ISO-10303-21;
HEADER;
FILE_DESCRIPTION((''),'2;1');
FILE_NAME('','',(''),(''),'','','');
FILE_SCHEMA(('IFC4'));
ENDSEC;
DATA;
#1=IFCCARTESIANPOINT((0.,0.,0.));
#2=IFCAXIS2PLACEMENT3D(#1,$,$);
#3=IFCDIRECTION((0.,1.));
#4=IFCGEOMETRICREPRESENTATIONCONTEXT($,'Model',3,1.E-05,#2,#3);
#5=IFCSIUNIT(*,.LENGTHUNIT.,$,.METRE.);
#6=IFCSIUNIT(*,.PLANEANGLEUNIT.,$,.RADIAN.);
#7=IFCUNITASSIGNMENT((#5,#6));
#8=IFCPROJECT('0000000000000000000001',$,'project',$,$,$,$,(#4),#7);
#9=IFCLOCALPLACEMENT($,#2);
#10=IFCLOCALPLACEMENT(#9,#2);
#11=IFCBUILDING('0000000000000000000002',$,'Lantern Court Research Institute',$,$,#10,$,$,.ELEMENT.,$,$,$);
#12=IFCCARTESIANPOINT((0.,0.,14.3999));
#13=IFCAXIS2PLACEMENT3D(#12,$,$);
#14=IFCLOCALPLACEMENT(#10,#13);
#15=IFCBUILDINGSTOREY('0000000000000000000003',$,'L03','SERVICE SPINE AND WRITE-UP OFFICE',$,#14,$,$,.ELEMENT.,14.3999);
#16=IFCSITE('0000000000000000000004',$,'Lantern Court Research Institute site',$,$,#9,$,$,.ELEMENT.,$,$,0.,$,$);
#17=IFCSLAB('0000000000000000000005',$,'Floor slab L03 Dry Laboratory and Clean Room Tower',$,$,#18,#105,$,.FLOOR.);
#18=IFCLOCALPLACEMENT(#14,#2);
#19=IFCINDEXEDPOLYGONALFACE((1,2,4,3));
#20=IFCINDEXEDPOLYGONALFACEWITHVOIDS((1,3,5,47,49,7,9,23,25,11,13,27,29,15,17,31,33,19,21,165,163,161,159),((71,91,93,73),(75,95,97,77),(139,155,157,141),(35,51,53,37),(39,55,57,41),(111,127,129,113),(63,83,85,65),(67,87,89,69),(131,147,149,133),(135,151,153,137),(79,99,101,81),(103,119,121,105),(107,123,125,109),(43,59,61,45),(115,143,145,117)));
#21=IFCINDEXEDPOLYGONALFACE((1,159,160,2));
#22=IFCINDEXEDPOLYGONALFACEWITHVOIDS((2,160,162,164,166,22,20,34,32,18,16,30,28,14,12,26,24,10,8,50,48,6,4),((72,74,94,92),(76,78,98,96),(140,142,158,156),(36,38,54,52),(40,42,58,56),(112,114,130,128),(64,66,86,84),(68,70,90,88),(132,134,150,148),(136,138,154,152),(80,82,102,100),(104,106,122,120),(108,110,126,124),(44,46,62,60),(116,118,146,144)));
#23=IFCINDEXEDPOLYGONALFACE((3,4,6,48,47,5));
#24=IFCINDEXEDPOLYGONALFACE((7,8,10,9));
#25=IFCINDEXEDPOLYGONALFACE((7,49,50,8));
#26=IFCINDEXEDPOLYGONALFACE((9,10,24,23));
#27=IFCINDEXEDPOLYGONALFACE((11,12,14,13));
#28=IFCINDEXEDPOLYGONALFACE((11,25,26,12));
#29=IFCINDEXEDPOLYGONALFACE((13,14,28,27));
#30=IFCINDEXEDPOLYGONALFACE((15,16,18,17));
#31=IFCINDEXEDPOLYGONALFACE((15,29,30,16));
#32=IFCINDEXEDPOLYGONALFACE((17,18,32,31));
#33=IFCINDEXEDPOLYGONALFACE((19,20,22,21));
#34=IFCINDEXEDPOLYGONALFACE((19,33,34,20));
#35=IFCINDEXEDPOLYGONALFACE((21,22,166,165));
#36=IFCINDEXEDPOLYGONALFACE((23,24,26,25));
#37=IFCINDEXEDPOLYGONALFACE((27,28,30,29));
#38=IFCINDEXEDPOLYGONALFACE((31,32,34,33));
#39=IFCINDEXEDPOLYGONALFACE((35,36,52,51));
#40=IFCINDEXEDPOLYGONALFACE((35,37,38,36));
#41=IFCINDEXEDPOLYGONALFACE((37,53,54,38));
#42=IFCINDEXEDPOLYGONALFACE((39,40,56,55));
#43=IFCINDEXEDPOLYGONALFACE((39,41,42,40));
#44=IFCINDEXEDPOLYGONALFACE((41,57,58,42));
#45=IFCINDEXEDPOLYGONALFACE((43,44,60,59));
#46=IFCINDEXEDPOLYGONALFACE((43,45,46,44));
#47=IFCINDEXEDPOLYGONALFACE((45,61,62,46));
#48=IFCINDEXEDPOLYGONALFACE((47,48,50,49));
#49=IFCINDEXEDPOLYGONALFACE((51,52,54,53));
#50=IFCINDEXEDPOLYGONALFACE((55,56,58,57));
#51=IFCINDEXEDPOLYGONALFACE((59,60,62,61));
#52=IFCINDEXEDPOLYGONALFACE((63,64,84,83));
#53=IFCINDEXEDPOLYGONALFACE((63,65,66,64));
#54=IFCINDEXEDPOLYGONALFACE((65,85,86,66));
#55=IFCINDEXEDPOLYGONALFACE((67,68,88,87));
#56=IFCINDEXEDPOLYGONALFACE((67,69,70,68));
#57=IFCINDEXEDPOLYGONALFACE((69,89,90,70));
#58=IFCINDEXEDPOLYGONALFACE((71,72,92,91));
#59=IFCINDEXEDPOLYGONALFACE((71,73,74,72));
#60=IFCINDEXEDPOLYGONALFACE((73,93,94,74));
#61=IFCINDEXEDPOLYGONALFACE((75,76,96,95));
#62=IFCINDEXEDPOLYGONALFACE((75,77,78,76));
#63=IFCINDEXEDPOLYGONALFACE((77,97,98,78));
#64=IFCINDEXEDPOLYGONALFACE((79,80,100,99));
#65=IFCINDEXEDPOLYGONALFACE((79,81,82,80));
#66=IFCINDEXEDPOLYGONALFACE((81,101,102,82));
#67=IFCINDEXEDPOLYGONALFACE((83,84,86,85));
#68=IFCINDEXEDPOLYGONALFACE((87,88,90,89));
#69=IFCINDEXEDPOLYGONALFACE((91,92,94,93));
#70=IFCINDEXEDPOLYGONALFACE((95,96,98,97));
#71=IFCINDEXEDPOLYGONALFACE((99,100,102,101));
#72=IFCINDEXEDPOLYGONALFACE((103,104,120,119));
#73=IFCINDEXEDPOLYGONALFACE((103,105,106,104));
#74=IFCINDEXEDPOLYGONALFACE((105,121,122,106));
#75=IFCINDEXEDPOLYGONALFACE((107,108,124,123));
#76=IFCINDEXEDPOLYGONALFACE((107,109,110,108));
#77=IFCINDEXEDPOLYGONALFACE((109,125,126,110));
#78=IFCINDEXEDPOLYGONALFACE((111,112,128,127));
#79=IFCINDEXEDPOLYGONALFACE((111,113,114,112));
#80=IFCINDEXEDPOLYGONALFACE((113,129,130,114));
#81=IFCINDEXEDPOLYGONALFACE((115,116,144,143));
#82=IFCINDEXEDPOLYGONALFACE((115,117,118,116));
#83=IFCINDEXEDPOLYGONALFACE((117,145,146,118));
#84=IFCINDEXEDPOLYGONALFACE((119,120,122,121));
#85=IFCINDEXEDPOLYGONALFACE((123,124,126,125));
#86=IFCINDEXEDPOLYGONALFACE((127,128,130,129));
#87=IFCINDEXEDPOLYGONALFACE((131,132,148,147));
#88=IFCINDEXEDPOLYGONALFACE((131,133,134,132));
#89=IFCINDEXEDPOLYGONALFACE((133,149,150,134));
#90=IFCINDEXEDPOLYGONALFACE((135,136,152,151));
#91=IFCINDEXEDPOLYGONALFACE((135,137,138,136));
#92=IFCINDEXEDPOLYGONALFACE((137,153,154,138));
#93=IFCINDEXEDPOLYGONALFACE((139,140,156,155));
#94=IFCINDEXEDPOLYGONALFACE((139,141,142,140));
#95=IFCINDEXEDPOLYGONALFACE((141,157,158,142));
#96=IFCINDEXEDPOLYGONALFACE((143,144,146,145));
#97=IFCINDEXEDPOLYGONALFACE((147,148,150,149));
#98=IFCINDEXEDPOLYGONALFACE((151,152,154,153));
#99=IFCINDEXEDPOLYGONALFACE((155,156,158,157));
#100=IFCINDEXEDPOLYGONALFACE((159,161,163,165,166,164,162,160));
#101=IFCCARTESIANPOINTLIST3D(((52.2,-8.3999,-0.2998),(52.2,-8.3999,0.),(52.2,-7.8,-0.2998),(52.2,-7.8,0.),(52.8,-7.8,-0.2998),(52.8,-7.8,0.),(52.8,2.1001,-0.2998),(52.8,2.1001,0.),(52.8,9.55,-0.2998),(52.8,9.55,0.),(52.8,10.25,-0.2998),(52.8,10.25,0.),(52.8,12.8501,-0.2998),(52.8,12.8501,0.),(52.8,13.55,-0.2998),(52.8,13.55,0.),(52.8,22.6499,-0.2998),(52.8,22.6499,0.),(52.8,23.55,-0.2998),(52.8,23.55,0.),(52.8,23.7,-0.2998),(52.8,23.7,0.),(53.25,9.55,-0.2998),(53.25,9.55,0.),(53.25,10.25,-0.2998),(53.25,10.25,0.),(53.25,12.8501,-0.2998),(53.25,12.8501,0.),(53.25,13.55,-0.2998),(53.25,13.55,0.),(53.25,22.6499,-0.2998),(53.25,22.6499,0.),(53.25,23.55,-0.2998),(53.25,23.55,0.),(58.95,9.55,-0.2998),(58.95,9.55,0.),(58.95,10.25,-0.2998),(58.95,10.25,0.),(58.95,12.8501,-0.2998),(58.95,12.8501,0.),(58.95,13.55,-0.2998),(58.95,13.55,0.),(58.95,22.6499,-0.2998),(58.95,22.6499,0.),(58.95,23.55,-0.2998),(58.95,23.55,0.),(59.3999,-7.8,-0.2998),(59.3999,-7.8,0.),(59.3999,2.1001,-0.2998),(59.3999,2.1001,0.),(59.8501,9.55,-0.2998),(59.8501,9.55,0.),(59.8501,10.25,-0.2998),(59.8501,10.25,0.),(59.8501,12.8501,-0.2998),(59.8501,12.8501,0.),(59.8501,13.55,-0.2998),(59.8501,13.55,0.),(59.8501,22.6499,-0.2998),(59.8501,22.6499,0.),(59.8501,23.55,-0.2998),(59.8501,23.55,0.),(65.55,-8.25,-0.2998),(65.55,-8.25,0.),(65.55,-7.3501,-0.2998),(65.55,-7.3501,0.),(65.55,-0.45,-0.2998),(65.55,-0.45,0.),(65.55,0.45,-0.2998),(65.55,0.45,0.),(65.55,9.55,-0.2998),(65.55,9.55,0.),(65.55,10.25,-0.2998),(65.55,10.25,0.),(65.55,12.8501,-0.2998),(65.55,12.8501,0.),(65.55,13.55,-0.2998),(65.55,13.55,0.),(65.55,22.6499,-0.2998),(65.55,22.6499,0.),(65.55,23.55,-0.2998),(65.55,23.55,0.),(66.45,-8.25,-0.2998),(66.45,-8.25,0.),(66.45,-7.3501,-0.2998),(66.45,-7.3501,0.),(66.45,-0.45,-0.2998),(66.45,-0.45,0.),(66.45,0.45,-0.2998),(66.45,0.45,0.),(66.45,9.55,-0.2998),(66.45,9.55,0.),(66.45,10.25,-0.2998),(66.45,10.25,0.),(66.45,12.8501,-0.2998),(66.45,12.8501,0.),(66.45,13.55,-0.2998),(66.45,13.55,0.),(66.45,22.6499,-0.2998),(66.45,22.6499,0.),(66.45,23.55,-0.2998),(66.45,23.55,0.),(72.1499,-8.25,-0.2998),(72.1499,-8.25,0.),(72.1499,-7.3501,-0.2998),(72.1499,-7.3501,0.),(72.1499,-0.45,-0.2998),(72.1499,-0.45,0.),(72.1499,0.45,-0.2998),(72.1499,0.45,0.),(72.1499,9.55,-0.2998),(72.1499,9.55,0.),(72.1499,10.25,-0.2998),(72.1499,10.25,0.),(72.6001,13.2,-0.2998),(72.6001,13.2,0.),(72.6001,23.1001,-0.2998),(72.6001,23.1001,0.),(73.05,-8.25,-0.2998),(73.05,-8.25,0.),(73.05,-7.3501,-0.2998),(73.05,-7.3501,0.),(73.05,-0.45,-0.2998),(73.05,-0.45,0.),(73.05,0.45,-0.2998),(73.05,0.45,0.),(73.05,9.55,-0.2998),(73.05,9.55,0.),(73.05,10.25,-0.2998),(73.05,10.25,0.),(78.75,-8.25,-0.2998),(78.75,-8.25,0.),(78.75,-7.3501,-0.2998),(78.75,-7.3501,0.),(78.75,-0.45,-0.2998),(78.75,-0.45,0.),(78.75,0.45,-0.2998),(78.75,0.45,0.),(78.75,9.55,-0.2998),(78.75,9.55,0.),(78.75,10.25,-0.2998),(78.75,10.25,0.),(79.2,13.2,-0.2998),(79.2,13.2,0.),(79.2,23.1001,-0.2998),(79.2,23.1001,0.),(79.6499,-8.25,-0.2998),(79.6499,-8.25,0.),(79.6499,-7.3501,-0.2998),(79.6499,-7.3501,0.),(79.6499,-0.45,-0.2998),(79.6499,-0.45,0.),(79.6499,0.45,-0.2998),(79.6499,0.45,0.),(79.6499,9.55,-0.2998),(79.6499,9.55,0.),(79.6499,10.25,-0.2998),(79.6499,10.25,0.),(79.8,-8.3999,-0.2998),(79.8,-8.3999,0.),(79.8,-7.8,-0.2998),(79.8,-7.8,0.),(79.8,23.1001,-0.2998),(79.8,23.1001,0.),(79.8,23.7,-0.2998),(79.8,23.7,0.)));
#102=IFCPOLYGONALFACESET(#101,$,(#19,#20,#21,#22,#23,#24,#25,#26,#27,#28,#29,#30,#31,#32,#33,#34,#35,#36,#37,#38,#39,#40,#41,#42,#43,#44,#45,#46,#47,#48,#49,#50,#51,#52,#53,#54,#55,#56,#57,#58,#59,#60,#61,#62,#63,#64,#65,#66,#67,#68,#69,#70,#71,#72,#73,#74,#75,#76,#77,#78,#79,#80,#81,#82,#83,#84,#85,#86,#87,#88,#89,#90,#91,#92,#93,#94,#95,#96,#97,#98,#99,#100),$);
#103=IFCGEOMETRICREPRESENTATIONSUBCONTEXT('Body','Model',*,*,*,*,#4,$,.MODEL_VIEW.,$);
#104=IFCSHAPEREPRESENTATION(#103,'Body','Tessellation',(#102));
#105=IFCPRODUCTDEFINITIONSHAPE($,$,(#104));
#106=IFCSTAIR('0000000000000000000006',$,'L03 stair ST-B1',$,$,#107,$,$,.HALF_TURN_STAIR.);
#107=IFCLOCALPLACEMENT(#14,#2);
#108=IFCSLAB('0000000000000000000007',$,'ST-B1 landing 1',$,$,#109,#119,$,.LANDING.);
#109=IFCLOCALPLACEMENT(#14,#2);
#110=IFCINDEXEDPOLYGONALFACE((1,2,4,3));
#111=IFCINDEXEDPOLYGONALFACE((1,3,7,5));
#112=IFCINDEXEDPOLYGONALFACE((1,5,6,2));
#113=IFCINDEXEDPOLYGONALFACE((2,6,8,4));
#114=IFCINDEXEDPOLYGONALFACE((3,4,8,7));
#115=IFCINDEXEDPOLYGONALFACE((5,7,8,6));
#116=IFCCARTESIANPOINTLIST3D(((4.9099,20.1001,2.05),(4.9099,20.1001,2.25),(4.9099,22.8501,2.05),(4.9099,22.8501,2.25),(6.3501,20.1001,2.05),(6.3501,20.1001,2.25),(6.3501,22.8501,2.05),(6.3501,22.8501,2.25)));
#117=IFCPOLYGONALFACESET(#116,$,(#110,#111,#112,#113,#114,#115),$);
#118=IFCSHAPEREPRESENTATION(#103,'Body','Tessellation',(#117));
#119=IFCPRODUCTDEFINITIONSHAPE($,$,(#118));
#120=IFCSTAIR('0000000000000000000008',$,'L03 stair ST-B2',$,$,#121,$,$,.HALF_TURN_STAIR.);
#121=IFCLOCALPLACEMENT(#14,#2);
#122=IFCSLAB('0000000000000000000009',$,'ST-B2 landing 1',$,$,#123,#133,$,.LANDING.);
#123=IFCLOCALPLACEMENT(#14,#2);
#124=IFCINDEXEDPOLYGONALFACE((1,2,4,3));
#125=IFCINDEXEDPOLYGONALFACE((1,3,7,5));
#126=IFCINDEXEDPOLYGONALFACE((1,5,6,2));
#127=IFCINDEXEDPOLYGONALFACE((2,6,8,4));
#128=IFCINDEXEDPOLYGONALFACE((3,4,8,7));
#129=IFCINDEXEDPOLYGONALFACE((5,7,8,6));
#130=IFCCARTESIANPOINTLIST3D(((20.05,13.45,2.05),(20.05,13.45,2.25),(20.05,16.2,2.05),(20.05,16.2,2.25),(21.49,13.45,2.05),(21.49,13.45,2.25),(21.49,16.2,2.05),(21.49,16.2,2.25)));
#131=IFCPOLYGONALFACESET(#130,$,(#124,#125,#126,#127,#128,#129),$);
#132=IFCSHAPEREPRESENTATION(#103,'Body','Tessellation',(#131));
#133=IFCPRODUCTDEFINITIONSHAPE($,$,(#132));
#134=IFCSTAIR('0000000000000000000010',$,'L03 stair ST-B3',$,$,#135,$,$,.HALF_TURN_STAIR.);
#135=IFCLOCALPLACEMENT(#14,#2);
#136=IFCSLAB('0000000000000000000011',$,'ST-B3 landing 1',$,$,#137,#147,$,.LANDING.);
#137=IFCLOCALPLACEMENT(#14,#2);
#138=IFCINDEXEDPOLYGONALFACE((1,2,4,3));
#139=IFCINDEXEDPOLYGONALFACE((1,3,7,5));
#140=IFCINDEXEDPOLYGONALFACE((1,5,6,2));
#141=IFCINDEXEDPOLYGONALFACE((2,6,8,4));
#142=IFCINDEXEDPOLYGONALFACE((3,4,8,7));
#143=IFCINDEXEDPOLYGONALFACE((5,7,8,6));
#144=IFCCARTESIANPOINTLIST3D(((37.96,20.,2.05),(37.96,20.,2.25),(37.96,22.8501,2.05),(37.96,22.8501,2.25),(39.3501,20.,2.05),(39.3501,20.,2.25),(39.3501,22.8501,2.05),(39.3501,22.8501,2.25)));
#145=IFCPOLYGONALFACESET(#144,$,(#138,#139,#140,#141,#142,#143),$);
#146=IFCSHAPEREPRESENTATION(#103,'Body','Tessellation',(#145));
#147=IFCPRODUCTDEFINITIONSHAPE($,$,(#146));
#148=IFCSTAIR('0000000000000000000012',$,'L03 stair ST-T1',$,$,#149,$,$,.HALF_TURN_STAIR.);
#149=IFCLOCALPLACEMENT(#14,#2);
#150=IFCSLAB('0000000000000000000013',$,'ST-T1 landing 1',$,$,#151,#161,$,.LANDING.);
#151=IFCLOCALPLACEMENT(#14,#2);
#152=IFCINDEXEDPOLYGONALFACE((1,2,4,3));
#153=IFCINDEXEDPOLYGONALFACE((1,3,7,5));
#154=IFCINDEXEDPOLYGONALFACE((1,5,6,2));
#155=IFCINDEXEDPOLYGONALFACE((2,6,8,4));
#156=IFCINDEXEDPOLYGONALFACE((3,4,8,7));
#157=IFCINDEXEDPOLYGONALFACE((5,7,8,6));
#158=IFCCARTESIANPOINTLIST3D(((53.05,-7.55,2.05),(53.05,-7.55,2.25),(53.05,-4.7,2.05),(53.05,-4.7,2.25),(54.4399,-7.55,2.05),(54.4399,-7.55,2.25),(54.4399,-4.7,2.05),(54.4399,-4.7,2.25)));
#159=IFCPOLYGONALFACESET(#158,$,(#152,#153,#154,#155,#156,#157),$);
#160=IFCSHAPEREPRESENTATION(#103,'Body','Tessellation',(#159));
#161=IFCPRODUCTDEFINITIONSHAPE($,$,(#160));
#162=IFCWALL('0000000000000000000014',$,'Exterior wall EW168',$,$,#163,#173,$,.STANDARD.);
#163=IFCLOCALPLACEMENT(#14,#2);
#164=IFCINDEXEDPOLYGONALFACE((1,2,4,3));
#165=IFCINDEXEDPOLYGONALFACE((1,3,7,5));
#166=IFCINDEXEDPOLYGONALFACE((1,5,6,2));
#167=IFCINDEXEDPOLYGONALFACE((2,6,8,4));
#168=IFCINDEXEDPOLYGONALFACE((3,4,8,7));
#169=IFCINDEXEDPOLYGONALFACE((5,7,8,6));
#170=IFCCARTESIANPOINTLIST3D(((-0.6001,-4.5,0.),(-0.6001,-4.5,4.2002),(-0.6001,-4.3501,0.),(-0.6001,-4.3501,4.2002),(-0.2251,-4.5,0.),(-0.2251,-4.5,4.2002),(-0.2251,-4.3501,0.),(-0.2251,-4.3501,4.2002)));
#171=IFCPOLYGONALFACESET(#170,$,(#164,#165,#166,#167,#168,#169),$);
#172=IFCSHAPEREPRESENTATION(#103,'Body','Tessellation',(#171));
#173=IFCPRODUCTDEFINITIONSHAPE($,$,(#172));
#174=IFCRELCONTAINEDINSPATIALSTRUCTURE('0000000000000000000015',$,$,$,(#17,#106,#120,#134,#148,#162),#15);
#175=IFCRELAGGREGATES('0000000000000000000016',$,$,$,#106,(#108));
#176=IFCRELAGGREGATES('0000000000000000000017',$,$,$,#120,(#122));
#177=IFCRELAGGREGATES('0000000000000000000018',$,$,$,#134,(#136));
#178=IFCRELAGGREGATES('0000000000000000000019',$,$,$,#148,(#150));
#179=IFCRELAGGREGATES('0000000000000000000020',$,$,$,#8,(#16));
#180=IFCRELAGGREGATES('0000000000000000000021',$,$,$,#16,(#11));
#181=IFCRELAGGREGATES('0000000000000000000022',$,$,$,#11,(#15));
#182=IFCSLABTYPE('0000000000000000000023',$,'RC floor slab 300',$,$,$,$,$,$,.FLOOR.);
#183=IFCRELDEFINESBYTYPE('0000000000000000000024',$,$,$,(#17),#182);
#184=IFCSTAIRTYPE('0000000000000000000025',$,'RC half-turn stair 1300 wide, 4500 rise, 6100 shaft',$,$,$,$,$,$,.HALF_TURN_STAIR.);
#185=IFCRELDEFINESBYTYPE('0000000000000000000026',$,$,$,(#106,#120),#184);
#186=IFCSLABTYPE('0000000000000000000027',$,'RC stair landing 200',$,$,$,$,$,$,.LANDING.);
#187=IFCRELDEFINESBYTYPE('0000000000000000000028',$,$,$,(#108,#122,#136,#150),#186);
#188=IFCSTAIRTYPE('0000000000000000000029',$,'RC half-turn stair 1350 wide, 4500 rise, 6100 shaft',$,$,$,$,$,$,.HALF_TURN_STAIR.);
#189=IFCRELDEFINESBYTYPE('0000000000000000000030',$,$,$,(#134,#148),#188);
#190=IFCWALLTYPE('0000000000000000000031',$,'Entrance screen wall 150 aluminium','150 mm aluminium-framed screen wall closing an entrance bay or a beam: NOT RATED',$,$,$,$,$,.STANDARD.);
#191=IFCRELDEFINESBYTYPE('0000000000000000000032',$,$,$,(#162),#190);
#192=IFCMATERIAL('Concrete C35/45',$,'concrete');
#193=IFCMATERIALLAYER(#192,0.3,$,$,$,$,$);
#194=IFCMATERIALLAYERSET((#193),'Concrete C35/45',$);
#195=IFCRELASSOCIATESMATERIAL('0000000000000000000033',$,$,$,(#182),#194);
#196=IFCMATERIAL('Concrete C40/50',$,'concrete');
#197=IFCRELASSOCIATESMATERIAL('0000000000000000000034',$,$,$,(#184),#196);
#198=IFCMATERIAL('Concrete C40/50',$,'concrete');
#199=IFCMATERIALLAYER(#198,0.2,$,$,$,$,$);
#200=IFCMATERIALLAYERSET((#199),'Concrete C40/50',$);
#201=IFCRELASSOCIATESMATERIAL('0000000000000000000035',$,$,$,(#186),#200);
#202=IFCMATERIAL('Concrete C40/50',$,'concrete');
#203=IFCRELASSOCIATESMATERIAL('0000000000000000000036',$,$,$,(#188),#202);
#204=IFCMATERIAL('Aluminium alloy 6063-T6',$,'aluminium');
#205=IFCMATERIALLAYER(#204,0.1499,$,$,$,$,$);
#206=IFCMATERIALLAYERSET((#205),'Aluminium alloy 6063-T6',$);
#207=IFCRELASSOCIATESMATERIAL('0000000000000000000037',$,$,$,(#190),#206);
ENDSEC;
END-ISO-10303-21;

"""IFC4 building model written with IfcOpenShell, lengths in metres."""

from ifc_helpers import new_model, si_unit, direction, frame, frame_2d, origin, place, context, subcontext, project, spatial, polyline, rectangle, outline, extrude, material, layer, layer_set, type_object, element, aggregate, save


model = new_model("IFC4")

# Units and contexts
model_context = context("Model", 3, precision=1e-05, world=origin(), true_north=direction((0.0, 1.0)))
body_context = subcontext(model_context, "Body", "Model", "MODEL_VIEW")
ifc_project = project(units=[si_unit("LENGTHUNIT", "METRE"), si_unit("PLANEANGLEUNIT", "RADIAN")], contexts=[model_context])

# Site, building, storey
site_placement = place(None, origin())
site = spatial("IfcSite", under=ifc_project, at=site_placement, Name="Lantern Court Research Institute site", CompositionType="ELEMENT", RefElevation=0.0)
building_placement = place(site_placement, origin())
building = spatial("IfcBuilding", under=site, at=building_placement, Name="Lantern Court Research Institute", CompositionType="ELEMENT")
storey_placement = place(building_placement, frame((0.0, 0.0, 14.3999)))
storey = spatial("IfcBuildingStorey", under=building, at=storey_placement, Name="L03", Description="SERVICE SPINE AND WRITE-UP OFFICE", CompositionType="ELEMENT", Elevation=14.3999)

# Slab
ifc_material_1 = material(Name="Concrete C35/45", Category="concrete")
ifc_layer_1 = layer(ifc_material_1, 0.3)
ifc_layer_set_1 = layer_set([ifc_layer_1], Name="Concrete C35/45")
slab_type_1 = type_object("IfcSlabType", Name="RC floor slab 300", PredefinedType="FLOOR", material=ifc_layer_set_1)
slab_1_placement = place(storey_placement, frame((0.0, 0.0, -0.2998)))
element("IfcSlab", 1, at=slab_1_placement, inside=storey, type_object=slab_type_1, Name="Floor slab L03 Dry Laboratory and Clean Room Tower", PredefinedType="FLOOR", context=body_context, shape_type="SweptSolid", body=[
    extrude(outline(polyline([(52.8, -7.8), (52.2, -7.8), (52.2, -8.3999), (79.8, -8.3999), (79.8, -7.8), (79.8, 23.1001), (79.8, 23.7), (52.8, 23.7), (52.8, 23.55), (53.25, 23.55), (53.25, 22.6499), (52.8, 22.6499), (52.8, 13.55), (53.25, 13.55), (53.25, 12.8501), (52.8, 12.8501), (52.8, 10.25), (53.25, 10.25), (53.25, 9.55), (52.8, 9.55), (52.8, 2.1001), (59.3999, 2.1001), (59.3999, -7.8), (52.8, -7.8)]), holes=[polyline([(65.55, -7.3501), (66.45, -7.3501), (66.45, -8.25), (65.55, -8.25), (65.55, -7.3501)]), polyline([(58.95, 10.25), (59.8501, 10.25), (59.8501, 9.55), (58.95, 9.55), (58.95, 10.25)]), polyline([(59.8501, 13.55), (59.8501, 12.8501), (58.95, 12.8501), (58.95, 13.55), (59.8501, 13.55)]), polyline([(59.8501, 23.55), (59.8501, 22.6499), (58.95, 22.6499), (58.95, 23.55), (59.8501, 23.55)]), polyline([(73.05, -7.3501), (73.05, -8.25), (72.1499, -8.25), (72.1499, -7.3501), (73.05, -7.3501)]), polyline([(79.6499, -7.3501), (79.6499, -8.25), (78.75, -8.25), (78.75, -7.3501), (79.6499, -7.3501)]), polyline([(65.55, 0.45), (66.45, 0.45), (66.45, -0.45), (65.55, -0.45), (65.55, 0.45)]), polyline([(73.05, 0.45), (73.05, -0.45), (72.1499, -0.45), (72.1499, 0.45), (73.05, 0.45)]), polyline([(79.6499, 0.45), (79.6499, -0.45), (78.75, -0.45), (78.75, 0.45), (79.6499, 0.45)]), polyline([(65.55, 10.25), (66.45, 10.25), (66.45, 9.55), (65.55, 9.55), (65.55, 10.25)]), polyline([(73.05, 10.25), (73.05, 9.55), (72.1499, 9.55), (72.1499, 10.25), (73.05, 10.25)]), polyline([(79.6499, 10.25), (79.6499, 9.55), (78.75, 9.55), (78.75, 10.25), (79.6499, 10.25)]), polyline([(66.45, 13.55), (66.45, 12.8501), (65.55, 12.8501), (65.55, 13.55), (66.45, 13.55)]), polyline([(79.2, 23.1001), (79.2, 13.2), (72.6001, 13.2), (72.6001, 23.1001), (79.2, 23.1001)]), polyline([(66.45, 23.55), (66.45, 22.6499), (65.55, 22.6499), (65.55, 23.55), (66.45, 23.55)])]), origin(), (0.0, 0.0, 1.0), 0.2998),
])

# Stairs, slabs
ifc_material_2 = material(Name="Concrete C40/50", Category="concrete")
stair_type_1 = type_object("IfcStairType", Name="RC half-turn stair 1300 wide, 4500 rise, 6100 shaft", PredefinedType="HALF_TURN_STAIR", material=ifc_material_2)
stair_1_placement = place(storey_placement, origin())
stair_1 = element("IfcStair", 2, at=stair_1_placement, inside=storey, type_object=stair_type_1, Name="L03 stair ST-B1", PredefinedType="HALF_TURN_STAIR")
ifc_material_3 = material(Name="Concrete C40/50", Category="concrete")
ifc_layer_2 = layer(ifc_material_3, 0.2)
ifc_layer_set_2 = layer_set([ifc_layer_2], Name="Concrete C40/50")
slab_type_2 = type_object("IfcSlabType", Name="RC stair landing 200", PredefinedType="LANDING", material=ifc_layer_set_2)
slab_2_placement = place(storey_placement, frame((0.0, 0.0, 2.05)))
slab_2 = element("IfcSlab", 3, at=slab_2_placement, type_object=slab_type_2, Name="ST-B1 landing 1", PredefinedType="LANDING", context=body_context, shape_type="SweptSolid", body=[
    extrude(outline(polyline([(4.9099, 20.1001), (6.3501, 20.1001), (6.3501, 22.8501), (4.9099, 22.8501), (4.9099, 20.1001)])), origin(), (0.0, 0.0, 1.0), 0.2),
])
aggregate(stair_1, [slab_2])
stair_2_placement = place(storey_placement, origin())
stair_2 = element("IfcStair", 4, at=stair_2_placement, inside=storey, type_object=stair_type_1, Name="L03 stair ST-B2", PredefinedType="HALF_TURN_STAIR")
slab_3_placement = place(storey_placement, frame((0.0, 0.0, 2.05)))
slab_3 = element("IfcSlab", 5, at=slab_3_placement, type_object=slab_type_2, Name="ST-B2 landing 1", PredefinedType="LANDING", context=body_context, shape_type="SweptSolid", body=[
    extrude(outline(polyline([(21.49, 16.2), (20.05, 16.2), (20.05, 13.45), (21.49, 13.45), (21.49, 16.2)])), origin(), (0.0, 0.0, 1.0), 0.2),
])
aggregate(stair_2, [slab_3])
ifc_material_4 = material(Name="Concrete C40/50", Category="concrete")
stair_type_2 = type_object("IfcStairType", Name="RC half-turn stair 1350 wide, 4500 rise, 6100 shaft", PredefinedType="HALF_TURN_STAIR", material=ifc_material_4)
stair_3_placement = place(storey_placement, origin())
stair_3 = element("IfcStair", 6, at=stair_3_placement, inside=storey, type_object=stair_type_2, Name="L03 stair ST-B3", PredefinedType="HALF_TURN_STAIR")
slab_4_placement = place(storey_placement, frame((0.0, 0.0, 2.05)))
slab_4 = element("IfcSlab", 7, at=slab_4_placement, type_object=slab_type_2, Name="ST-B3 landing 1", PredefinedType="LANDING", context=body_context, shape_type="SweptSolid", body=[
    extrude(outline(polyline([(37.96, 20.0), (39.3501, 20.0), (39.3501, 22.8501), (37.96, 22.8501), (37.96, 20.0)])), origin(), (0.0, 0.0, 1.0), 0.2),
])
aggregate(stair_3, [slab_4])
stair_4_placement = place(storey_placement, origin())
stair_4 = element("IfcStair", 8, at=stair_4_placement, inside=storey, type_object=stair_type_2, Name="L03 stair ST-T1", PredefinedType="HALF_TURN_STAIR")
slab_5_placement = place(storey_placement, frame((0.0, 0.0, 2.05)))
slab_5 = element("IfcSlab", 9, at=slab_5_placement, type_object=slab_type_2, Name="ST-T1 landing 1", PredefinedType="LANDING", context=body_context, shape_type="SweptSolid", body=[
    extrude(outline(polyline([(54.4399, -4.7), (53.05, -4.7), (53.05, -7.55), (54.4399, -7.55), (54.4399, -4.7)])), origin(), (0.0, 0.0, 1.0), 0.2),
])
aggregate(stair_4, [slab_5])

# Wall
ifc_material_5 = material(Name="Aluminium alloy 6063-T6", Category="aluminium")
ifc_layer_3 = layer(ifc_material_5, 0.1499)
ifc_layer_set_3 = layer_set([ifc_layer_3], Name="Aluminium alloy 6063-T6")
wall_type = type_object("IfcWallType", Name="Entrance screen wall 150 aluminium", Description="150 mm aluminium-framed screen wall closing an entrance bay or a beam: NOT RATED", PredefinedType="STANDARD", material=ifc_layer_set_3)
wall_placement = place(storey_placement, frame((-0.2251, -4.425, 0.0), z_axis=(0.0, 0.0, 1.0), x_axis=(-1.0, 0.0, 0.0)))
element("IfcWall", 10, at=wall_placement, inside=storey, type_object=wall_type, Name="Exterior wall EW168", PredefinedType="STANDARD", context=body_context, shape_type="SweptSolid", body=[
    extrude(rectangle(XDim=0.375, YDim=0.1499, at=frame_2d((0.1875, 0.0))), origin(), (0.0, 0.0, 1.0), 4.2002),
])

save(model, "model.ifc")
